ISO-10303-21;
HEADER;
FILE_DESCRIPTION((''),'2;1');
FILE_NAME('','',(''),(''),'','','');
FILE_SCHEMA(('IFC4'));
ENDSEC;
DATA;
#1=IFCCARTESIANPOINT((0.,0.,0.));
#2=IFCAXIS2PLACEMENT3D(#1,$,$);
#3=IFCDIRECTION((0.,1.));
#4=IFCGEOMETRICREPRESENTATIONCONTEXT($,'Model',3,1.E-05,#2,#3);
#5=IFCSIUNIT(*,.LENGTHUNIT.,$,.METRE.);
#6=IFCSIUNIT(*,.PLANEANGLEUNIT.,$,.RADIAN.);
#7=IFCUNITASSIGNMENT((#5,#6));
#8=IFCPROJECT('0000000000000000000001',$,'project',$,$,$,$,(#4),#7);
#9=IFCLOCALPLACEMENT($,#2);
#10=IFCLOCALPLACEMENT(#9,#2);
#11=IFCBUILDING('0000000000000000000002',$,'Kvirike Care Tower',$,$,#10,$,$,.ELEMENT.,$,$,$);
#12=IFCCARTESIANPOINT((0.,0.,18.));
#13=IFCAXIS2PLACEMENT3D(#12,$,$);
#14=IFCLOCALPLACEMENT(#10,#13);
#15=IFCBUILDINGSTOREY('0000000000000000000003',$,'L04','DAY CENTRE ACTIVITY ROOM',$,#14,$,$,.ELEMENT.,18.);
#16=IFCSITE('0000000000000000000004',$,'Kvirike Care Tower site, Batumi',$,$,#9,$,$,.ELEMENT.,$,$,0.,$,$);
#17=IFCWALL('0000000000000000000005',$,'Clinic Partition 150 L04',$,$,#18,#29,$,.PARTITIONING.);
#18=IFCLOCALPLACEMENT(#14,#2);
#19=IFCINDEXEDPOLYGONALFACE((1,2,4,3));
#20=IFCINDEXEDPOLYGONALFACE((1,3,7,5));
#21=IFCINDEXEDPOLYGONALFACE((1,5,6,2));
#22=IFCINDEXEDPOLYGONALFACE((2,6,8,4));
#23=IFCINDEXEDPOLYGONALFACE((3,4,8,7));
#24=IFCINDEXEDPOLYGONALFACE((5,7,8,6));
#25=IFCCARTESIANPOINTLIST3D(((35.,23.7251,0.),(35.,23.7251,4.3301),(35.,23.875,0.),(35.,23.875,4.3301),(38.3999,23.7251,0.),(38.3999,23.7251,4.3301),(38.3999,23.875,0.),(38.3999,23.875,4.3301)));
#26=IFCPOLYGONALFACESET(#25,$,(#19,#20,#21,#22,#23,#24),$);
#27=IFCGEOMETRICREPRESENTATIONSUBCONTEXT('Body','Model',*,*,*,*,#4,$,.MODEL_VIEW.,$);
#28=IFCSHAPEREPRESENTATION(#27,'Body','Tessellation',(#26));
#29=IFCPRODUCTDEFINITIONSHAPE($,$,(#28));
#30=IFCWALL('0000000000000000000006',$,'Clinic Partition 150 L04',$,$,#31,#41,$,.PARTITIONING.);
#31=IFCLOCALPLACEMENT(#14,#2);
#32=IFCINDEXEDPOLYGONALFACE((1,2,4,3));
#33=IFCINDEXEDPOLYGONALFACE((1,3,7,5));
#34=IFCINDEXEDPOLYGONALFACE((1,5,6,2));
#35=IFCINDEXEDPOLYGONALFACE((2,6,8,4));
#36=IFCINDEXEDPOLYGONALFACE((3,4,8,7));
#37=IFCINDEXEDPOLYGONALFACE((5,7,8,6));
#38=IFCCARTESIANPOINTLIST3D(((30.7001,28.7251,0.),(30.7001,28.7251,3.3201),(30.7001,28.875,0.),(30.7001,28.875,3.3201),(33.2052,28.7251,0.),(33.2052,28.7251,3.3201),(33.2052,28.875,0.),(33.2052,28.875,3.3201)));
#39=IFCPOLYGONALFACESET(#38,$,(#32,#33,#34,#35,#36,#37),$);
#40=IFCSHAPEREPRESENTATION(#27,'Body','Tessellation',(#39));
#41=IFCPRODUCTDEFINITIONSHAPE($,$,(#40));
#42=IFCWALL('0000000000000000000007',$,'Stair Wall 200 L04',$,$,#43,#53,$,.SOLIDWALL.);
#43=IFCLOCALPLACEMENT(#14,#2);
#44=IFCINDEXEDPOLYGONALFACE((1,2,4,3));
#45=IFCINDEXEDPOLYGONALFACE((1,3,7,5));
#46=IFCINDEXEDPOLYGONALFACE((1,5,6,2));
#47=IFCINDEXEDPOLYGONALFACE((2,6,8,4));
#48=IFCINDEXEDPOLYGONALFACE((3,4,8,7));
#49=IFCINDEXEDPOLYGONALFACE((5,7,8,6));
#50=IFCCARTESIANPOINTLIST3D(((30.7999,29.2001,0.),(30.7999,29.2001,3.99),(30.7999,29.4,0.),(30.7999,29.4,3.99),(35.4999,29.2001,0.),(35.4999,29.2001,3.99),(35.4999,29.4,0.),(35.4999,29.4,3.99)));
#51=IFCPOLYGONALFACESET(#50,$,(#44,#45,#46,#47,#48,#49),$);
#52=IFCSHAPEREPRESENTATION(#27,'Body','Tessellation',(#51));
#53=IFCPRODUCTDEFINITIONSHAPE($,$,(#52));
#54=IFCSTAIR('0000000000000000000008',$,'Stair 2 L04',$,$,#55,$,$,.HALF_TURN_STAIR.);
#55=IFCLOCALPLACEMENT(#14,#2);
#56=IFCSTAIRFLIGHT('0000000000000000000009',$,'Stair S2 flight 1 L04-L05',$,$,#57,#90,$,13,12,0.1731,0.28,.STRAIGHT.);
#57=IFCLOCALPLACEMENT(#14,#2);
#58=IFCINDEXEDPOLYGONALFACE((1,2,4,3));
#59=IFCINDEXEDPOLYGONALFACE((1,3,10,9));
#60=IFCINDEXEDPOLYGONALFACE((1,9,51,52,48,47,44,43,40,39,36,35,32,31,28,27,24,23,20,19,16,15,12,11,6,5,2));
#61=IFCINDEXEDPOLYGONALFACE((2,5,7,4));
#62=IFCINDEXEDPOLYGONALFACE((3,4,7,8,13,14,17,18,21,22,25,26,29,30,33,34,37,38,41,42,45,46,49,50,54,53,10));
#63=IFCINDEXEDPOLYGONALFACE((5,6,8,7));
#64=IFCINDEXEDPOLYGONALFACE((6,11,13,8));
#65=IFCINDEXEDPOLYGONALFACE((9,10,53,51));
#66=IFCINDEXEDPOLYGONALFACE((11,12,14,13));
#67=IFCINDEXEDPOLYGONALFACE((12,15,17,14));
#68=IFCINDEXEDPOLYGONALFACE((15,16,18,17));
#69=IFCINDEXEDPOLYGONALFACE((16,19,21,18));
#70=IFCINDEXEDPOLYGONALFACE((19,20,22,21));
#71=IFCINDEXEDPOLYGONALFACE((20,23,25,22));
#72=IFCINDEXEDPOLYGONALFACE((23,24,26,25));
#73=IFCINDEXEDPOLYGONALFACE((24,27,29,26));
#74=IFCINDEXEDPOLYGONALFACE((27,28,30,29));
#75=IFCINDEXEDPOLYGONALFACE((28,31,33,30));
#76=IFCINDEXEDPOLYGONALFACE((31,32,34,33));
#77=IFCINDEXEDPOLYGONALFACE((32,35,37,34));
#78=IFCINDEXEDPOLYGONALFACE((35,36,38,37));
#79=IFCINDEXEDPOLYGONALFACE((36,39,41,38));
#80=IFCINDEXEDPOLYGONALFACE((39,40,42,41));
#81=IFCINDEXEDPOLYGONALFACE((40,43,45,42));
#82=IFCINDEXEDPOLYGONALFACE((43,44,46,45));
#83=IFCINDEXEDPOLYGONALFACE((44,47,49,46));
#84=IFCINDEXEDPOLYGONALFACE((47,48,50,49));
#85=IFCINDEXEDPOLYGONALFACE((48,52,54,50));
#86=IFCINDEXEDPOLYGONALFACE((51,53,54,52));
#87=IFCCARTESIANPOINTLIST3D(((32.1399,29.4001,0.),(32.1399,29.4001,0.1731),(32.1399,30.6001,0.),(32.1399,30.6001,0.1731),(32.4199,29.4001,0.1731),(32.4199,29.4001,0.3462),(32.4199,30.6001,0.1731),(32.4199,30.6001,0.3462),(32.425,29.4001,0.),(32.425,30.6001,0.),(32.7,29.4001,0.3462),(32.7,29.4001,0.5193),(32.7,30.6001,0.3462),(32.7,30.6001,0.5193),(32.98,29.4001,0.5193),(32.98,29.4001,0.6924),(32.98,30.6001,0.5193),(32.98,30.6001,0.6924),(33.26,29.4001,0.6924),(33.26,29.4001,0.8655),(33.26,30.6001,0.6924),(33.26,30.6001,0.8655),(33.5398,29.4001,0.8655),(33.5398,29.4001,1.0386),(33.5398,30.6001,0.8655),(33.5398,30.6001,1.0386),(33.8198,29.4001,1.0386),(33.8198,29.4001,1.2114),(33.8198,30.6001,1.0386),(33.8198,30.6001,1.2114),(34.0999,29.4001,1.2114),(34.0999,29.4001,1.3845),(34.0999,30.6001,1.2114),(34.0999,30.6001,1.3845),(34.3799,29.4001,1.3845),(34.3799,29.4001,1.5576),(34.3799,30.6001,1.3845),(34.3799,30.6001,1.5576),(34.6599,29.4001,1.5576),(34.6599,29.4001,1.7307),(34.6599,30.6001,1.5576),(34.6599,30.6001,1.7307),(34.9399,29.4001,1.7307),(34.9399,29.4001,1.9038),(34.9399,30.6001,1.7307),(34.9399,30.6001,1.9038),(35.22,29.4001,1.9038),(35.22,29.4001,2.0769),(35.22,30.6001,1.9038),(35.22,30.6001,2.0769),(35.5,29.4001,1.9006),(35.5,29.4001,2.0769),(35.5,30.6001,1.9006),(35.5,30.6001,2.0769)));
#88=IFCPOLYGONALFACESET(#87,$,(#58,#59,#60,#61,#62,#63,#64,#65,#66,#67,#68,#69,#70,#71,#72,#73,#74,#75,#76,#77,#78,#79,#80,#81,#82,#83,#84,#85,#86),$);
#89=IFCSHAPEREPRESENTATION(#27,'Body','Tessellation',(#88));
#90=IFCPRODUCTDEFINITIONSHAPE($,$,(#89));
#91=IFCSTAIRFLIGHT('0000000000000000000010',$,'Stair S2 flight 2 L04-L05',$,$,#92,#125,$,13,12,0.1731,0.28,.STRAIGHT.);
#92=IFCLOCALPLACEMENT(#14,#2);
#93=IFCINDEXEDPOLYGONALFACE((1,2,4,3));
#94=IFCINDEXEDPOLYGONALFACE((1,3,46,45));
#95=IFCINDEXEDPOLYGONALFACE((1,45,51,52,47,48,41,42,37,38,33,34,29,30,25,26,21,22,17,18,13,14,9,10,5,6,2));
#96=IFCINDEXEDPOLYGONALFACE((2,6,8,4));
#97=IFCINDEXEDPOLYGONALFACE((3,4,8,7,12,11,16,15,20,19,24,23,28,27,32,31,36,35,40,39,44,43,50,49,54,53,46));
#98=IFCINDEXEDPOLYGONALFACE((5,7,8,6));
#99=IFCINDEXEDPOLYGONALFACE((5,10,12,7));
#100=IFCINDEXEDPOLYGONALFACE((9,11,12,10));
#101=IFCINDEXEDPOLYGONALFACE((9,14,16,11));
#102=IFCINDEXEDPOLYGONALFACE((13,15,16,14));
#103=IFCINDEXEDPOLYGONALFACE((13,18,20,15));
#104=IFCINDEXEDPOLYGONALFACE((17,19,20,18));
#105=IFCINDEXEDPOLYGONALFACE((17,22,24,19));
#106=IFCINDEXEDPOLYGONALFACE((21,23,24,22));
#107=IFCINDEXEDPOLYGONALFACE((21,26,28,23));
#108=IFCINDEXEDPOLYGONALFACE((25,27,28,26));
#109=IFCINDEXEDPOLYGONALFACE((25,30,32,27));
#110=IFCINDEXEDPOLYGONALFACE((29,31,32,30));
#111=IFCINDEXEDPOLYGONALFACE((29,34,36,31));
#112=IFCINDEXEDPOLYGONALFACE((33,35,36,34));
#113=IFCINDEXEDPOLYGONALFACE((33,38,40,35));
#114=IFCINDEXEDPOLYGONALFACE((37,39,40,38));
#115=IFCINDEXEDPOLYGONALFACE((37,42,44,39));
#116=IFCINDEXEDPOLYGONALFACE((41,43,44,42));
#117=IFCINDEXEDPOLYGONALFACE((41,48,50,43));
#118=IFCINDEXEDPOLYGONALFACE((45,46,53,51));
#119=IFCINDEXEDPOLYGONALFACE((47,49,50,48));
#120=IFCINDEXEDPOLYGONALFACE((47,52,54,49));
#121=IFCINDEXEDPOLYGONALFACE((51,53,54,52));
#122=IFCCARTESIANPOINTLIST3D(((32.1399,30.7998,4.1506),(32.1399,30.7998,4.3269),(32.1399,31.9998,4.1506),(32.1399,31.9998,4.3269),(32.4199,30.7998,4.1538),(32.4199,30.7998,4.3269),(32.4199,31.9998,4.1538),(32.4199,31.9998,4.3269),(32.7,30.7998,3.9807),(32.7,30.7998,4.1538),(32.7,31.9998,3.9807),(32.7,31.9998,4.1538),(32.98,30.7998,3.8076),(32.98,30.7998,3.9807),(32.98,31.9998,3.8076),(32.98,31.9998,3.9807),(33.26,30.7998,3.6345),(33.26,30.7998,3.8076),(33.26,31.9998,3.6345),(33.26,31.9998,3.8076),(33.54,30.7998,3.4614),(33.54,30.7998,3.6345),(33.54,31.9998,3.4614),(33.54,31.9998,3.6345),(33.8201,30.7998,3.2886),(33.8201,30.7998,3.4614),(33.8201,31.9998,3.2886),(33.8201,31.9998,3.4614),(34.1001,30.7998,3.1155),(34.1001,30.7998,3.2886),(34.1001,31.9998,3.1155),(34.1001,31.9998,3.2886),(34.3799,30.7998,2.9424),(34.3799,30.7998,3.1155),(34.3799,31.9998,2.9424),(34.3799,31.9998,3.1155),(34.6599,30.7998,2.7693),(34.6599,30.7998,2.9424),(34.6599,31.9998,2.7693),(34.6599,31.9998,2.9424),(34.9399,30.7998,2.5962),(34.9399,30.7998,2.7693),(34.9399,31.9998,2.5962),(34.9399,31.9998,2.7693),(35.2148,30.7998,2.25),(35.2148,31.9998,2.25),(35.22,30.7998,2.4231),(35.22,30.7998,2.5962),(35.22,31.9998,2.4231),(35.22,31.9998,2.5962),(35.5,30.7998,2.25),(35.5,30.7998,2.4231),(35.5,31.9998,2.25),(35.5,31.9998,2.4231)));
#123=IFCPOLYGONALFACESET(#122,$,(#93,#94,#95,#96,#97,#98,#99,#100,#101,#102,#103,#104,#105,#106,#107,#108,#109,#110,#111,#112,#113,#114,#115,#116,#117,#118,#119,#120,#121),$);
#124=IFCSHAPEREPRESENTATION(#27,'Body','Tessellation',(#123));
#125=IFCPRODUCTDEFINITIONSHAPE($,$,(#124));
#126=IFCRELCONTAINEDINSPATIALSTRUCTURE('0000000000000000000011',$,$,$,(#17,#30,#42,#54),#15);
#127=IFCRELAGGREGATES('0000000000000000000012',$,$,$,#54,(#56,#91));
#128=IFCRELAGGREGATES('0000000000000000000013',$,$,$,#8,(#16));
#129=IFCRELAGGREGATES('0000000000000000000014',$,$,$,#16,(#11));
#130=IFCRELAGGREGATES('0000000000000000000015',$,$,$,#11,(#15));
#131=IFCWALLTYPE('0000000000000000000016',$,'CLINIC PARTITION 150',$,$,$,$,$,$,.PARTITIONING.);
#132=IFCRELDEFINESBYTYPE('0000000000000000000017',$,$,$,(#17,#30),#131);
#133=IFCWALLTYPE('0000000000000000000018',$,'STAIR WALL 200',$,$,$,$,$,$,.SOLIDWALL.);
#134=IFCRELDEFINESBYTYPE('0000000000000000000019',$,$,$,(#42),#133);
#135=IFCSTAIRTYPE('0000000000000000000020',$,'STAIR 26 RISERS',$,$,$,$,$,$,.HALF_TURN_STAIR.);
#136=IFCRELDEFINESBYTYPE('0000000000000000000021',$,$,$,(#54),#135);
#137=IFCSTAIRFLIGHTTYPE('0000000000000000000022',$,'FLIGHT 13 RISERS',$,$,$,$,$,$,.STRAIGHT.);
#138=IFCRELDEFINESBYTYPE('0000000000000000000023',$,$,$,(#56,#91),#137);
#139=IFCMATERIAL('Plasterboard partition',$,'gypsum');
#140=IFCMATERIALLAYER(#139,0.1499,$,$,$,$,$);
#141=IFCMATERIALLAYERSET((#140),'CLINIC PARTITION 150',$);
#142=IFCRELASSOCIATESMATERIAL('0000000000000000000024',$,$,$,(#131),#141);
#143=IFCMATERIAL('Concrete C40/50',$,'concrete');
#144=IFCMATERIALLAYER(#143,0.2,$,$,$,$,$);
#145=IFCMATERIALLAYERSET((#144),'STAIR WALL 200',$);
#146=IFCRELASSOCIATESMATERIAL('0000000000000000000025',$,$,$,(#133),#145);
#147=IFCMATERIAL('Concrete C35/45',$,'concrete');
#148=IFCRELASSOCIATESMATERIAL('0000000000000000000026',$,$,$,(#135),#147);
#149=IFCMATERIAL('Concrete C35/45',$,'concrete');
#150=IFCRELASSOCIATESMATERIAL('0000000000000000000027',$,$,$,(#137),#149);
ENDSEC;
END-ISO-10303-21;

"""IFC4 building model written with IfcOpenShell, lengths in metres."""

from ifc_helpers import new_model, si_unit, direction, frame, frame_2d, origin, place, context, subcontext, project, spatial, polyline, rectangle, outline, extrude, material, layer, layer_set, type_object, element, aggregate, save


model = new_model("IFC4")

# Units and contexts
model_context = context("Model", 3, precision=1e-05, world=origin(), true_north=direction((0.0, 1.0)))
body_context = subcontext(model_context, "Body", "Model", "MODEL_VIEW")
ifc_project = project(units=[si_unit("LENGTHUNIT", "METRE"), si_unit("PLANEANGLEUNIT", "RADIAN")], contexts=[model_context])

# Site, building, storey
site_placement = place(None, origin())
site = spatial("IfcSite", under=ifc_project, at=site_placement, Name="Kvirike Care Tower site, Batumi", CompositionType="ELEMENT", RefElevation=0.0)
building_placement = place(site_placement, origin())
building = spatial("IfcBuilding", under=site, at=building_placement, Name="Kvirike Care Tower", CompositionType="ELEMENT")
storey_placement = place(building_placement, frame((0.0, 0.0, 18.0)))
storey = spatial("IfcBuildingStorey", under=building, at=storey_placement, Name="L04", Description="DAY CENTRE ACTIVITY ROOM", CompositionType="ELEMENT", Elevation=18.0)

# Walls
ifc_material_1 = material(Name="Plasterboard partition", Category="gypsum")
ifc_layer_1 = layer(ifc_material_1, 0.1499)
ifc_layer_set_1 = layer_set([ifc_layer_1], Name="CLINIC PARTITION 150")
wall_type_1 = type_object("IfcWallType", Name="CLINIC PARTITION 150", PredefinedType="PARTITIONING", material=ifc_layer_set_1)
wall_1_placement = place(storey_placement, frame((35.0, 23.8, 0.0), z_axis=(0.0, 0.0, 1.0), x_axis=(1.0, 0.0, 0.0)))
element("IfcWall", 1, at=wall_1_placement, inside=storey, type_object=wall_type_1, Name="Clinic Partition 150 L04", PredefinedType="PARTITIONING", context=body_context, shape_type="SweptSolid", body=[
    extrude(rectangle(XDim=3.3999, YDim=0.1499, at=frame_2d((1.7, 0.0))), origin(), (0.0, 0.0, 1.0), 4.3301),
])
wall_2_placement = place(storey_placement, frame((33.2051, 28.8, 0.0), z_axis=(0.0, 0.0, 1.0), x_axis=(-1.0, 0.0, 0.0)))
element("IfcWall", 2, at=wall_2_placement, inside=storey, type_object=wall_type_1, Name="Clinic Partition 150 L04", PredefinedType="PARTITIONING", context=body_context, shape_type="SweptSolid", body=[
    extrude(rectangle(XDim=2.5051, YDim=0.1499, at=frame_2d((1.2524, 0.0))), origin(), (0.0, 0.0, 1.0), 3.3201),
])
ifc_material_2 = material(Name="Concrete C40/50", Category="concrete")
ifc_layer_2 = layer(ifc_material_2, 0.2)
ifc_layer_set_2 = layer_set([ifc_layer_2], Name="STAIR WALL 200")
wall_type_2 = type_object("IfcWallType", Name="STAIR WALL 200", PredefinedType="SOLIDWALL", material=ifc_layer_set_2)
wall_3_placement = place(storey_placement, frame((35.5, 29.3, 0.0), z_axis=(0.0, 0.0, 1.0), x_axis=(-1.0, 0.0, 0.0)))
element("IfcWall", 3, at=wall_3_placement, inside=storey, type_object=wall_type_2, Name="Stair Wall 200 L04", PredefinedType="SOLIDWALL", context=body_context, shape_type="SweptSolid", body=[
    extrude(rectangle(XDim=4.7, YDim=0.2, at=frame_2d((2.3501, 0.0))), origin(), (0.0, 0.0, 1.0), 3.99),
])

# Stair, stair flights
ifc_material_3 = material(Name="Concrete C35/45", Category="concrete")
stair_type = type_object("IfcStairType", Name="STAIR 26 RISERS", PredefinedType="HALF_TURN_STAIR", material=ifc_material_3)
stair_placement = place(storey_placement, origin())
stair = element("IfcStair", 4, at=stair_placement, inside=storey, type_object=stair_type, Name="Stair 2 L04", PredefinedType="HALF_TURN_STAIR")
ifc_material_4 = material(Name="Concrete C35/45", Category="concrete")
stair_flight_type = type_object("IfcStairFlightType", Name="FLIGHT 13 RISERS", PredefinedType="STRAIGHT", material=ifc_material_4)
stair_flight_1_placement = place(storey_placement, frame((32.1399, 30.0, 0.0), z_axis=(0.0, 0.0, 1.0), x_axis=(1.0, 0.0, 0.0)))
stair_flight_1 = element("IfcStairFlight", 5, at=stair_flight_1_placement, type_object=stair_flight_type, Name="Stair S2 flight 1 L04-L05", NumberOfRisers=13, NumberOfTreads=12, PredefinedType="STRAIGHT", RiserHeight=0.1731, TreadLength=0.28, context=body_context, shape_type="SweptSolid", body=[
    extrude(outline(polyline([(0.0, 0.0), (0.0, 0.1731), (0.28, 0.1731), (0.28, 0.3462), (0.5601, 0.3462), (0.5601, 0.5193), (0.8401, 0.5193), (0.8401, 0.6924), (1.1201, 0.6924), (1.1201, 0.8655), (1.3999, 0.8655), (1.3999, 1.0386), (1.6799, 1.0386), (1.6799, 1.2114), (1.96, 1.2114), (1.96, 1.3845), (2.24, 1.3845), (2.24, 1.5576), (2.52, 1.5576), (2.52, 1.7307), (2.8, 1.7307), (2.8, 1.9038), (3.0801, 1.9038), (3.0801, 2.0769), (3.3601, 2.0769), (3.3601, 2.25), (3.3601, 1.9006), (0.2852, 0.0), (0.0, 0.0)])), frame((0.0, 0.6001, 0.0), z_axis=(0.0, -1.0, 0.0), x_axis=(1.0, 0.0, 0.0)), (0.0, 0.0, 1.0), 1.2),
])
stair_flight_2_placement = place(storey_placement, frame((35.5, 31.3999, 2.25), z_axis=(0.0, 0.0, 1.0), x_axis=(-1.0, 0.0, 0.0)))
stair_flight_2 = element("IfcStairFlight", 6, at=stair_flight_2_placement, type_object=stair_flight_type, Name="Stair S2 flight 2 L04-L05", NumberOfRisers=13, NumberOfTreads=12, PredefinedType="STRAIGHT", RiserHeight=0.1731, TreadLength=0.28, context=body_context, shape_type="SweptSolid", body=[
    extrude(outline(polyline([(0.0, 0.0), (0.0, 0.1731), (0.28, 0.1731), (0.28, 0.3462), (0.5601, 0.3462), (0.5601, 0.5193), (0.8401, 0.5193), (0.8401, 0.6924), (1.1201, 0.6924), (1.1201, 0.8655), (1.3999, 0.8655), (1.3999, 1.0386), (1.6799, 1.0386), (1.6799, 1.2114), (1.96, 1.2114), (1.96, 1.3845), (2.24, 1.3845), (2.24, 1.5576), (2.52, 1.5576), (2.52, 1.7307), (2.8, 1.7307), (2.8, 1.9038), (3.0801, 1.9038), (3.0801, 2.0769), (3.3601, 2.0769), (3.3601, 2.25), (3.3601, 1.9006), (0.2852, 0.0), (0.0, 0.0)])), frame((0.0, 0.6001, 0.0), z_axis=(0.0, -1.0, 0.0), x_axis=(1.0, 0.0, 0.0)), (0.0, 0.0, 1.0), 1.2),
])
aggregate(stair, [stair_flight_1, stair_flight_2])

save(model, "model.ifc")
